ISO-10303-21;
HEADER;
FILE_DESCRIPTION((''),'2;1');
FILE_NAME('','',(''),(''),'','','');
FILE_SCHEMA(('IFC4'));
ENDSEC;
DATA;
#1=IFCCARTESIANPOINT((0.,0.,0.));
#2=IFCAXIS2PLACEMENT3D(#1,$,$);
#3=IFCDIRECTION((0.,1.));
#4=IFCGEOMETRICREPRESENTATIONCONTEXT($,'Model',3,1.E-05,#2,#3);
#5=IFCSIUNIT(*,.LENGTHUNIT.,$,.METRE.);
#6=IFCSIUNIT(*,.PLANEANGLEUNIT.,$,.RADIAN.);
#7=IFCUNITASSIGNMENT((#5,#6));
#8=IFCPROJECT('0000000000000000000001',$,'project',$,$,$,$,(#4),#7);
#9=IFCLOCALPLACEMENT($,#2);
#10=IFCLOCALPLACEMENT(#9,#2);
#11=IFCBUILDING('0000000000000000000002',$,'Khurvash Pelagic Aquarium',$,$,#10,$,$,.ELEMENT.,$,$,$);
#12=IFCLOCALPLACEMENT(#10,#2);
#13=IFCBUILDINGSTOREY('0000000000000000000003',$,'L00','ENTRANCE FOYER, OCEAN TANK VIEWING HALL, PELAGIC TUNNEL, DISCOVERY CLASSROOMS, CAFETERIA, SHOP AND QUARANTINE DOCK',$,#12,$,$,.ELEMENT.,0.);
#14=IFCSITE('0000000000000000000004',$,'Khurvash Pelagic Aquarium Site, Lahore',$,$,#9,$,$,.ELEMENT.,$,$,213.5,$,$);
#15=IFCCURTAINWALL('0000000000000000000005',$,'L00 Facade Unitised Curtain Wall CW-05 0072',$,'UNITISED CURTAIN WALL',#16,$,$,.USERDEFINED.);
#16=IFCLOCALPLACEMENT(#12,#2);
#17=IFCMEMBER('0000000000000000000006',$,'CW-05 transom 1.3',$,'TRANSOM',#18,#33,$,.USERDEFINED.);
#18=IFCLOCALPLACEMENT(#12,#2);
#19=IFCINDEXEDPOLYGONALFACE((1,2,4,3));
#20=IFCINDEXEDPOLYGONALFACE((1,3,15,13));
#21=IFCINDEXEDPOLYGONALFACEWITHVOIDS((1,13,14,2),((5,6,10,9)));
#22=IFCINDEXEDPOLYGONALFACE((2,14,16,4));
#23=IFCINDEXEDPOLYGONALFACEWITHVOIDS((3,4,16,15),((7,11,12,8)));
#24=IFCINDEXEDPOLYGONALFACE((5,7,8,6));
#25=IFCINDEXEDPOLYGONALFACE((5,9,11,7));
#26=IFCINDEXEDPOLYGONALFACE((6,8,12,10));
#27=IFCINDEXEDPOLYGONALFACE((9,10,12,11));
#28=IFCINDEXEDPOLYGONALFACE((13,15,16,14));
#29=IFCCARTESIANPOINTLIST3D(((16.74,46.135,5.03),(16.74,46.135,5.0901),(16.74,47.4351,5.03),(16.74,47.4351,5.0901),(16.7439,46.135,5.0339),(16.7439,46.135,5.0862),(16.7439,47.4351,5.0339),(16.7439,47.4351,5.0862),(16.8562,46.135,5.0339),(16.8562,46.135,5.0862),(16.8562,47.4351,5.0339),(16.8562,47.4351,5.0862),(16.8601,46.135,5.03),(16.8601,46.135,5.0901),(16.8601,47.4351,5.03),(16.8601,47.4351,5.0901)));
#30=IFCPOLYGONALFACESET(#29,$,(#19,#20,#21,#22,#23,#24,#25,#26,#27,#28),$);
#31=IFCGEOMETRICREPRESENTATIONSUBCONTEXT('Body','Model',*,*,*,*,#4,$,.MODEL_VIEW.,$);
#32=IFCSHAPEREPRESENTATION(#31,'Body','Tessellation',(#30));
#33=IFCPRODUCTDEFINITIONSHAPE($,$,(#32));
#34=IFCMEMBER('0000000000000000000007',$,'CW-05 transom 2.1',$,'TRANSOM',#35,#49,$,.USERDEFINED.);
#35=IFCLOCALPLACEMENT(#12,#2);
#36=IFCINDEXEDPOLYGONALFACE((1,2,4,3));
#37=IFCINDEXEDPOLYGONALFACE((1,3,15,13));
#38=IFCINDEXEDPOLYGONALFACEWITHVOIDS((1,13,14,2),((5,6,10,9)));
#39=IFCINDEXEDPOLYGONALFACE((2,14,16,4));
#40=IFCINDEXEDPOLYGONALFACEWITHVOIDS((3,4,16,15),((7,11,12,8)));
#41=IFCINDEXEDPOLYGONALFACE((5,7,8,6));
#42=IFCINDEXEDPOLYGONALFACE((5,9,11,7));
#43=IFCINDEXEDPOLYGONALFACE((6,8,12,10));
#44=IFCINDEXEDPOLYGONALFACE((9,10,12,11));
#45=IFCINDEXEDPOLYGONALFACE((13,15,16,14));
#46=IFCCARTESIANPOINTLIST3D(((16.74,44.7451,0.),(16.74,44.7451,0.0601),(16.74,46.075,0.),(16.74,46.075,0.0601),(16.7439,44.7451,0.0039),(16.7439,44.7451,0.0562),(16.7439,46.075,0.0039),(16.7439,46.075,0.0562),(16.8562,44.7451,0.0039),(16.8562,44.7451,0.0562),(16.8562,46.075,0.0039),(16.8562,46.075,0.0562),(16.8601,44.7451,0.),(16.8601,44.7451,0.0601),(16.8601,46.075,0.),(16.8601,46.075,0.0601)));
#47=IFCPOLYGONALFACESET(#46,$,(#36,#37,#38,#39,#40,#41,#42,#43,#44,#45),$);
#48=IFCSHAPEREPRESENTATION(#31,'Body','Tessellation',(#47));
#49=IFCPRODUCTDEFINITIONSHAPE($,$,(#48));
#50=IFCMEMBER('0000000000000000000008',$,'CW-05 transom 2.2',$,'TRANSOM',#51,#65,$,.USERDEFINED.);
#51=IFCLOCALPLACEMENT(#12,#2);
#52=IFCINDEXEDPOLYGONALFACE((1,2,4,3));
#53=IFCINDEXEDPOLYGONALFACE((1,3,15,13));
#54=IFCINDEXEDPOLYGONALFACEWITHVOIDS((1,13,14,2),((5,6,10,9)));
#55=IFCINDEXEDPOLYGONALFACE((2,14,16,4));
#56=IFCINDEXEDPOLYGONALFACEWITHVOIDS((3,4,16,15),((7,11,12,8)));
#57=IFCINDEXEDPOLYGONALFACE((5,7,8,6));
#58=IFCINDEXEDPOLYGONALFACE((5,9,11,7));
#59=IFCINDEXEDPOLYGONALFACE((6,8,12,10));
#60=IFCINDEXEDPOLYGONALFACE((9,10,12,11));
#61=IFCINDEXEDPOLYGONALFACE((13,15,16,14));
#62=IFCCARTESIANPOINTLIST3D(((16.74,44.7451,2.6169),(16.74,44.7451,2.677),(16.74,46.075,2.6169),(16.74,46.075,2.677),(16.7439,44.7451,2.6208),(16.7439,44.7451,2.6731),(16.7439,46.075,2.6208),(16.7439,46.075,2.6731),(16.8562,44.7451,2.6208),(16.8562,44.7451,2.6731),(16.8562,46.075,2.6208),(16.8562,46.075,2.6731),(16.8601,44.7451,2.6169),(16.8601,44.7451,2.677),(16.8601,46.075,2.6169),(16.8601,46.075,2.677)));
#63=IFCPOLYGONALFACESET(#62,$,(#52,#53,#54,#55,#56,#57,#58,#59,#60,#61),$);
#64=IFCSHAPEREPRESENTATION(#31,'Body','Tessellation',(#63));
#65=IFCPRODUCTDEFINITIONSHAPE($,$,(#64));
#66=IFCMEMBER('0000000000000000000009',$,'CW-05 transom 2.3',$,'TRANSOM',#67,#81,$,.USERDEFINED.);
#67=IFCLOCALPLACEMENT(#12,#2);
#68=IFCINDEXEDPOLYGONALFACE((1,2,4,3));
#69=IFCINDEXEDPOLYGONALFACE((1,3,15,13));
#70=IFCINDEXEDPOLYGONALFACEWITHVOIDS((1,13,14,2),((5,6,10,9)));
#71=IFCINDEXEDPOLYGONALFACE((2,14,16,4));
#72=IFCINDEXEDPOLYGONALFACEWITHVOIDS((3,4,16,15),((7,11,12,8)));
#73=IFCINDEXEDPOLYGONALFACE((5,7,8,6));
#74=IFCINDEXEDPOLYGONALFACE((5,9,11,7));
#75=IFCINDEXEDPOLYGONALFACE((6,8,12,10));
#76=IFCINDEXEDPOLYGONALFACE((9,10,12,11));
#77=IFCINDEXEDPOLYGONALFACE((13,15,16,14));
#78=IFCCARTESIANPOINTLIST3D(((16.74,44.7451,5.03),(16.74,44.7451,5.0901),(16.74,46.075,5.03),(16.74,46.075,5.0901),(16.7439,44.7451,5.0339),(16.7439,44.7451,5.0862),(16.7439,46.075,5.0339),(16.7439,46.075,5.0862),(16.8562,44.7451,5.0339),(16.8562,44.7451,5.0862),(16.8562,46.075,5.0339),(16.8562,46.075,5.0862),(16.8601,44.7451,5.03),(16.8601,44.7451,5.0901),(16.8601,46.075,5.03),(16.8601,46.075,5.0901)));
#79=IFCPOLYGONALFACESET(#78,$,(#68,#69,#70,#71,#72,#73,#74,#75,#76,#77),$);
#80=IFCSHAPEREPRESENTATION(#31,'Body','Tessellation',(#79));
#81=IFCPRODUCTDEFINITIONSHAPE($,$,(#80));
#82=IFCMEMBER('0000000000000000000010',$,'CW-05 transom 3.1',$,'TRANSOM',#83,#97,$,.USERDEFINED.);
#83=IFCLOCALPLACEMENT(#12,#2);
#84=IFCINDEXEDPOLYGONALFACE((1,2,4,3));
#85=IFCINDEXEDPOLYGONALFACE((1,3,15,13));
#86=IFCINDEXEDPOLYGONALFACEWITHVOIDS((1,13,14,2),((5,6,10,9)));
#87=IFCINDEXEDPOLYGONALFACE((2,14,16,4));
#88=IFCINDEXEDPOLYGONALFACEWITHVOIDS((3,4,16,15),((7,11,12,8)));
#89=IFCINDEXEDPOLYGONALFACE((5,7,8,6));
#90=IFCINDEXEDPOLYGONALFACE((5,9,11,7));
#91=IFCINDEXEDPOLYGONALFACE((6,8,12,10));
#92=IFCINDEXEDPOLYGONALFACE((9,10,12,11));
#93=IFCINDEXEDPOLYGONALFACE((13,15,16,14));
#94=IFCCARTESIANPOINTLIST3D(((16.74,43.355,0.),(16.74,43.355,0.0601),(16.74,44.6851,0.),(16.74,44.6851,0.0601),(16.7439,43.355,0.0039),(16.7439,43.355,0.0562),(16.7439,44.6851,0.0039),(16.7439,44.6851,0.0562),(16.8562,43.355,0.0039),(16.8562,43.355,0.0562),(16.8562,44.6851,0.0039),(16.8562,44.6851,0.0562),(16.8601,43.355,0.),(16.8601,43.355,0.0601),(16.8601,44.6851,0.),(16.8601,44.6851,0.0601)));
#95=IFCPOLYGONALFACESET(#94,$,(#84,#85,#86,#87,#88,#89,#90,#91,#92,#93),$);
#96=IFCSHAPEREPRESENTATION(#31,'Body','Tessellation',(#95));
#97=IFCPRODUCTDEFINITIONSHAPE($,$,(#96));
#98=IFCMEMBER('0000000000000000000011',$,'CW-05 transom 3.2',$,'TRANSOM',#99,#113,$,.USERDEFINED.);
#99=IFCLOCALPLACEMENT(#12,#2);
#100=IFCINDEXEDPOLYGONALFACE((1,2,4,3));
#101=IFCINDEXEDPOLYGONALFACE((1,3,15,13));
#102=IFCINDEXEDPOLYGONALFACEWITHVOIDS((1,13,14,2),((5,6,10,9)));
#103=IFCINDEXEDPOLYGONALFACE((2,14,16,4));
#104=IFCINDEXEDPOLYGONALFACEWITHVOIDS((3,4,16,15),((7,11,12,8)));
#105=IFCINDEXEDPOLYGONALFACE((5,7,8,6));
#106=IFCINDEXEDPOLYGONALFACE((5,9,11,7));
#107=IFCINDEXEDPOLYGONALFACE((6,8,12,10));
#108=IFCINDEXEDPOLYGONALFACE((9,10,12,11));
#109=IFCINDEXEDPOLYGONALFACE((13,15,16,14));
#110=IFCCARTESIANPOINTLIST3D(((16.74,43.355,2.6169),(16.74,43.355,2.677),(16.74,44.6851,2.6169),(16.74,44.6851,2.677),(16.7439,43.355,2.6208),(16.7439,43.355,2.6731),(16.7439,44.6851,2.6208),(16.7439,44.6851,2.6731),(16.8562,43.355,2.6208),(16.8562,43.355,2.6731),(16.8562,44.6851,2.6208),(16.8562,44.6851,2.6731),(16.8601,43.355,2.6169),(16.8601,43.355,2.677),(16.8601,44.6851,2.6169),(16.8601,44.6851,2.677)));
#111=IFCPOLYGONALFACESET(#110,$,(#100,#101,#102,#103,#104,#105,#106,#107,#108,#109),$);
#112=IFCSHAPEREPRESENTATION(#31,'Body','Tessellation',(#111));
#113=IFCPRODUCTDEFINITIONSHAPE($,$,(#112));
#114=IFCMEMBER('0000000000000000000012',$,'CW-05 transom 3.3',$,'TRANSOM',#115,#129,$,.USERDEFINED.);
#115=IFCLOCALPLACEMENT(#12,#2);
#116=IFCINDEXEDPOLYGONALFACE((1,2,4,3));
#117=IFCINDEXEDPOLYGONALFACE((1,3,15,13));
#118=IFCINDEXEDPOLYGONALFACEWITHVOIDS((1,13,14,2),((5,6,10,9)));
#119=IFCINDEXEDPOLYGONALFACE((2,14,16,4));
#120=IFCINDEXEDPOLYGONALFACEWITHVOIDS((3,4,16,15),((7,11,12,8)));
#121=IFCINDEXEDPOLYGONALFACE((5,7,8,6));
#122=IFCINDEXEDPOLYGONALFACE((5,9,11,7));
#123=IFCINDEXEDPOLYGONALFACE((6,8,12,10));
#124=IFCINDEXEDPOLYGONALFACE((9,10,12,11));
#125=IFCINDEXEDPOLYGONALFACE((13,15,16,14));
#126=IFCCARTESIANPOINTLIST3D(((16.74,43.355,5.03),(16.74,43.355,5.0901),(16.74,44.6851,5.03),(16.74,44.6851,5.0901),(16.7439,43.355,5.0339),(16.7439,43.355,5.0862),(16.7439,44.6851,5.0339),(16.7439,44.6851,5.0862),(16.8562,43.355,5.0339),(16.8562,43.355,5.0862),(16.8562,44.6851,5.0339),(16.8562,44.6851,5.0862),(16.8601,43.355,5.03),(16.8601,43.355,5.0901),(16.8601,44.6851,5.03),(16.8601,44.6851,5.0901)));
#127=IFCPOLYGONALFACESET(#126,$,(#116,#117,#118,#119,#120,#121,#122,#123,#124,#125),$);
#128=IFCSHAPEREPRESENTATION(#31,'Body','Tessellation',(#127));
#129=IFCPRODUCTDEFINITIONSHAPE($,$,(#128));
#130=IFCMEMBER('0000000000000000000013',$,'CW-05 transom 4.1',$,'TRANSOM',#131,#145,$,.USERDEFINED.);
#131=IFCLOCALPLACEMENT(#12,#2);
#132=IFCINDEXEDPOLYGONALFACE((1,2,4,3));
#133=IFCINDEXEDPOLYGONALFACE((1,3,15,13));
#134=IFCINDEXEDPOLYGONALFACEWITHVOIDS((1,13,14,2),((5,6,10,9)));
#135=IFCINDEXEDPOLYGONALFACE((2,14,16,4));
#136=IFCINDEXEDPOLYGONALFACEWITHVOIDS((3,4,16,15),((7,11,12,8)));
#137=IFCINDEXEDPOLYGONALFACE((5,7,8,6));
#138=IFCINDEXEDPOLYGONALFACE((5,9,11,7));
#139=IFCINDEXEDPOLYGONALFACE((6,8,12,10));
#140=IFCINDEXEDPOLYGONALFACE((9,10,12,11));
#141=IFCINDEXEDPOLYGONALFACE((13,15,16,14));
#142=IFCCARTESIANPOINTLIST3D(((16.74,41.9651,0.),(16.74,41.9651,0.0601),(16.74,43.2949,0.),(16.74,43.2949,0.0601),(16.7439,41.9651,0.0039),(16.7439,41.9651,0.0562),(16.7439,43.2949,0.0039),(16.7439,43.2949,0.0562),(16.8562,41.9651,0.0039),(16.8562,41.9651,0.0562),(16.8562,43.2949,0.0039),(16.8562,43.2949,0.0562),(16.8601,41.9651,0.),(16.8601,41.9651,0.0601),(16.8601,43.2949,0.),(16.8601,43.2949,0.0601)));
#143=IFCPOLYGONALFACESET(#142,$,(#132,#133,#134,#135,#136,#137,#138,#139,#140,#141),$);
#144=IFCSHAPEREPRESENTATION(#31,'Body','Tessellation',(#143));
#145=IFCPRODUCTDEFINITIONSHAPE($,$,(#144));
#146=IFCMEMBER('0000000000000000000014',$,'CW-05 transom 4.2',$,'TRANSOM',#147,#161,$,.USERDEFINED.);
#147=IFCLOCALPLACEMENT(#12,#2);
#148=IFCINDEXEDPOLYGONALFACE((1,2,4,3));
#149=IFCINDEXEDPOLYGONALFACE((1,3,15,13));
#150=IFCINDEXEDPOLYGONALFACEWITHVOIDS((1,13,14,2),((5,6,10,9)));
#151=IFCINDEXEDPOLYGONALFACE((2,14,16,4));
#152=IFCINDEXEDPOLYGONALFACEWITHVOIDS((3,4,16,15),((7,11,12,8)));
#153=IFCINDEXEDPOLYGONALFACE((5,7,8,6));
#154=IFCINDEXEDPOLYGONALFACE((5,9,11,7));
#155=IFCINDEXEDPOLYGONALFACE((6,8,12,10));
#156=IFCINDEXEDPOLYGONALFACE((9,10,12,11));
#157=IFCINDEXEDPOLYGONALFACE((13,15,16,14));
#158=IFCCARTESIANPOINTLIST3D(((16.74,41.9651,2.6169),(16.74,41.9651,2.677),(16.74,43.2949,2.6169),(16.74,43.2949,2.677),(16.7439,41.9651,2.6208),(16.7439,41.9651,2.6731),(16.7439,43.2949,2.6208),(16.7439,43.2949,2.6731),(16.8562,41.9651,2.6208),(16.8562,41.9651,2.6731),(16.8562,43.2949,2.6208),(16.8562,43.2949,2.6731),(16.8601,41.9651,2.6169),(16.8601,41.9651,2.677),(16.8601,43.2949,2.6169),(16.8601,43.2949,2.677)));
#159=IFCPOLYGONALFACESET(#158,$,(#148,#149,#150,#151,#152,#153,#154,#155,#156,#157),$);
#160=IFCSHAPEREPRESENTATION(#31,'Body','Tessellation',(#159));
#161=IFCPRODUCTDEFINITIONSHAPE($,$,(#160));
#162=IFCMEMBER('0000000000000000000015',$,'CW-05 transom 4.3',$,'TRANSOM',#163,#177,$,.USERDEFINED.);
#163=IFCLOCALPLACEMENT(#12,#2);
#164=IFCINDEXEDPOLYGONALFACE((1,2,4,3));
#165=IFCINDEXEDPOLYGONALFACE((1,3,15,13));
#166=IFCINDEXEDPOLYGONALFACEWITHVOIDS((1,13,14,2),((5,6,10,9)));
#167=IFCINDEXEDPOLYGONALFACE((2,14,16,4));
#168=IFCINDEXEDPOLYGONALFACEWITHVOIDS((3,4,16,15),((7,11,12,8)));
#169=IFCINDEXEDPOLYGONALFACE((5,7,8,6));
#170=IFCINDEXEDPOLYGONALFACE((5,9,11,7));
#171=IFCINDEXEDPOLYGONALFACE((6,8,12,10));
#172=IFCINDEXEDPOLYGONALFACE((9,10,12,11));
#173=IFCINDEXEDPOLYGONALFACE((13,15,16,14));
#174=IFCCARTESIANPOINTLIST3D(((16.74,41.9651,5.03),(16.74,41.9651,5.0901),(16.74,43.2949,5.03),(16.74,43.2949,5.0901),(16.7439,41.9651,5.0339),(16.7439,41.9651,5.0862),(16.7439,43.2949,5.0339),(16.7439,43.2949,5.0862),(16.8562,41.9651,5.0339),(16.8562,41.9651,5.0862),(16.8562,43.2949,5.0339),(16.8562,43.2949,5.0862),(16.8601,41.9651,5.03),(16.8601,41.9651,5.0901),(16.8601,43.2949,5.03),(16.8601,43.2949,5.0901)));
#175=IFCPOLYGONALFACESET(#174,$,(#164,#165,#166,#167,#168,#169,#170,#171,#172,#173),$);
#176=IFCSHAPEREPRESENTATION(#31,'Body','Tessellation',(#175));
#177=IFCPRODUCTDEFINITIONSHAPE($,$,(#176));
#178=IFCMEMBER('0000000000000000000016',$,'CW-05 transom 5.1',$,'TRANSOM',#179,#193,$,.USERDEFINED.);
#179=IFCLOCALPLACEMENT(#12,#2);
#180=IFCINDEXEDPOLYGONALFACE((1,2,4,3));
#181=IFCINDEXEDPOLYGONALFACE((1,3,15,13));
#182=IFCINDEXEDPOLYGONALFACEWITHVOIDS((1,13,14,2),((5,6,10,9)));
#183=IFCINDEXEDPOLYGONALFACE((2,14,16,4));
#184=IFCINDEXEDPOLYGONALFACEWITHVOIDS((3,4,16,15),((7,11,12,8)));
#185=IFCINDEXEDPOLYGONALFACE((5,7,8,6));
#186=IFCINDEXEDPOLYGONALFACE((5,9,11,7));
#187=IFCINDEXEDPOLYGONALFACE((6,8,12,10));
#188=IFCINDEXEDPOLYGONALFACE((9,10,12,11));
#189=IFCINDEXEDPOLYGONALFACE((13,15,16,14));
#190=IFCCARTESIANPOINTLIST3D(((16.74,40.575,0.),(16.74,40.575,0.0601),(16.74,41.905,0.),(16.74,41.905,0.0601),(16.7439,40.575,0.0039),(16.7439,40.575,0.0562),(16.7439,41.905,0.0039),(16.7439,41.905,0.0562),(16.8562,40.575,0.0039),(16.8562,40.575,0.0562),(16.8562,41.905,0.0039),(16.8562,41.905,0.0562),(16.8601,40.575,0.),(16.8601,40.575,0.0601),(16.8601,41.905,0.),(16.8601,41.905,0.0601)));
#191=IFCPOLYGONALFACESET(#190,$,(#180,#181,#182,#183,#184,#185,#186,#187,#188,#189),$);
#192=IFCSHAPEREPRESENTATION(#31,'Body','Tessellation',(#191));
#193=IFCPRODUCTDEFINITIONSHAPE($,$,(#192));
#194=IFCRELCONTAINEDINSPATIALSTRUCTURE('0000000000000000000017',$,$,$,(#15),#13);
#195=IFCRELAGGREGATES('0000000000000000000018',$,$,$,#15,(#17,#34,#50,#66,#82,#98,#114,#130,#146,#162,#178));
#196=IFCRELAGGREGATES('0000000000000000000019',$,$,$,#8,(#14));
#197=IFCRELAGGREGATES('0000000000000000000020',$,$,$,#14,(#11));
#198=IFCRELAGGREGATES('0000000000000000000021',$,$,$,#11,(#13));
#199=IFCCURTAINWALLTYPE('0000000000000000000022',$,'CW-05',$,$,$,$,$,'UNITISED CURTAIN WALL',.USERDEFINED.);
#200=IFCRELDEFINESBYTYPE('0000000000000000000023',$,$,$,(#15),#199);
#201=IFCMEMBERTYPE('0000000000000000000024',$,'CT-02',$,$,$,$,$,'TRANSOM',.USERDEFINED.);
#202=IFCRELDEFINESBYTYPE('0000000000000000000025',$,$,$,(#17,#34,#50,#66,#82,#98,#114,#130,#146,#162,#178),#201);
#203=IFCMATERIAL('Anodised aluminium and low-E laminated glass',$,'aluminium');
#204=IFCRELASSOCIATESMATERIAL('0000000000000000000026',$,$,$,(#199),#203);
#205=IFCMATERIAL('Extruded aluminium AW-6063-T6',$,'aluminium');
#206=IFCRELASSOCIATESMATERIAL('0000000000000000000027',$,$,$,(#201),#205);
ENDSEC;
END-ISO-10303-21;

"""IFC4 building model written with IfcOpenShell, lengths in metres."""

from ifc_helpers import new_model, si_unit, direction, frame, origin, origin_2d, place, context, subcontext, project, spatial, hollow_rectangle, extrude, material, material_profile, profile_set, type_object, element, aggregate, save


model = new_model("IFC4")

# Units and contexts
model_context = context("Model", 3, precision=1e-05, world=origin(), true_north=direction((0.0, 1.0)))
body_context = subcontext(model_context, "Body", "Model", "MODEL_VIEW")
ifc_project = project(units=[si_unit("LENGTHUNIT", "METRE"), si_unit("PLANEANGLEUNIT", "RADIAN")], contexts=[model_context])

# Site, building, storey
site_placement = place(None, origin())
site = spatial("IfcSite", under=ifc_project, at=site_placement, Name="Khurvash Pelagic Aquarium Site, Lahore", CompositionType="ELEMENT", RefElevation=213.5)
building_placement = place(site_placement, origin())
building = spatial("IfcBuilding", under=site, at=building_placement, Name="Khurvash Pelagic Aquarium", CompositionType="ELEMENT")
storey_placement = place(building_placement, origin())
storey = spatial("IfcBuildingStorey", under=building, at=storey_placement, Name="L00", Description="ENTRANCE FOYER, OCEAN TANK VIEWING HALL, PELAGIC TUNNEL, DISCOVERY CLASSROOMS, CAFETERIA, SHOP AND QUARANTINE DOCK", CompositionType="ELEMENT", Elevation=0.0)

# Curtain wall, members
ifc_material_1 = material(Name="Anodised aluminium and low-E laminated glass", Category="aluminium")
curtain_wall_type = type_object("IfcCurtainWallType", Name="CW-05", ElementType="UNITISED CURTAIN WALL", PredefinedType="USERDEFINED", material=ifc_material_1)
curtain_wall_placement = place(storey_placement, origin())
curtain_wall = element("IfcCurtainWall", 1, at=curtain_wall_placement, inside=storey, type_object=curtain_wall_type, Name="L00 Facade Unitised Curtain Wall CW-05 0072", ObjectType="UNITISED CURTAIN WALL", PredefinedType="USERDEFINED")
ifc_material_2 = material(Name="Extruded aluminium AW-6063-T6", Category="aluminium")
ifc_material_profile_1 = material_profile(ifc_material_2, hollow_rectangle(XDim=0.1201, YDim=0.0601, WallThickness=0.0039, at=origin_2d()), Name="CWT120X60X4")
ifc_profile_set_1 = profile_set([ifc_material_profile_1], Name="Extruded aluminium AW-6063-T6")
member_type_1 = type_object("IfcMemberType", Name="CT-02", ElementType="TRANSOM", PredefinedType="USERDEFINED", material=ifc_profile_set_1)
member_1_placement = place(storey_placement, frame((16.8, 47.4351, 5.0601), z_axis=(0.0, -1.0, 0.0), x_axis=(1.0, 0.0, 0.0)))
member_1 = element("IfcMember", 2, at=member_1_placement, type_object=member_type_1, Name="CW-05 transom 1.3", ObjectType="TRANSOM", PredefinedType="USERDEFINED", context=body_context, shape_type="SweptSolid", body=[
    extrude(hollow_rectangle(XDim=0.1201, YDim=0.0601, WallThickness=0.0039, at=origin_2d()), origin(), (0.0, 0.0, 1.0), 1.3),
])
member_2_placement = place(storey_placement, frame((16.8, 46.075, 0.03), z_axis=(0.0, -1.0, 0.0), x_axis=(1.0, 0.0, 0.0)))
member_2 = element("IfcMember", 3, at=member_2_placement, type_object=member_type_1, Name="CW-05 transom 2.1", ObjectType="TRANSOM", PredefinedType="USERDEFINED", context=body_context, shape_type="SweptSolid", body=[
    extrude(hollow_rectangle(XDim=0.1201, YDim=0.0601, WallThickness=0.0039, at=origin_2d()), origin(), (0.0, 0.0, 1.0), 1.3298),
])
member_3_placement = place(storey_placement, frame((16.8, 46.075, 2.647), z_axis=(0.0, -1.0, 0.0), x_axis=(1.0, 0.0, 0.0)))
member_3 = element("IfcMember", 4, at=member_3_placement, type_object=member_type_1, Name="CW-05 transom 2.2", ObjectType="TRANSOM", PredefinedType="USERDEFINED", context=body_context, shape_type="SweptSolid", body=[
    extrude(hollow_rectangle(XDim=0.1201, YDim=0.0601, WallThickness=0.0039, at=origin_2d()), origin(), (0.0, 0.0, 1.0), 1.3298),
])
member_4_placement = place(storey_placement, frame((16.8, 46.075, 5.0601), z_axis=(0.0, -1.0, 0.0), x_axis=(1.0, 0.0, 0.0)))
member_4 = element("IfcMember", 5, at=member_4_placement, type_object=member_type_1, Name="CW-05 transom 2.3", ObjectType="TRANSOM", PredefinedType="USERDEFINED", context=body_context, shape_type="SweptSolid", body=[
    extrude(hollow_rectangle(XDim=0.1201, YDim=0.0601, WallThickness=0.0039, at=origin_2d()), origin(), (0.0, 0.0, 1.0), 1.3298),
])
member_5_placement = place(storey_placement, frame((16.8, 44.6851, 0.03), z_axis=(0.0, -1.0, 0.0), x_axis=(1.0, 0.0, 0.0)))
member_5 = element("IfcMember", 6, at=member_5_placement, type_object=member_type_1, Name="CW-05 transom 3.1", ObjectType="TRANSOM", PredefinedType="USERDEFINED", context=body_context, shape_type="SweptSolid", body=[
    extrude(hollow_rectangle(XDim=0.1201, YDim=0.0601, WallThickness=0.0039, at=origin_2d()), origin(), (0.0, 0.0, 1.0), 1.3301),
])
member_6_placement = place(storey_placement, frame((16.8, 44.6851, 2.647), z_axis=(0.0, -1.0, 0.0), x_axis=(1.0, 0.0, 0.0)))
member_6 = element("IfcMember", 7, at=member_6_placement, type_object=member_type_1, Name="CW-05 transom 3.2", ObjectType="TRANSOM", PredefinedType="USERDEFINED", context=body_context, shape_type="SweptSolid", body=[
    extrude(hollow_rectangle(XDim=0.1201, YDim=0.0601, WallThickness=0.0039, at=origin_2d()), origin(), (0.0, 0.0, 1.0), 1.3301),
])
member_7_placement = place(storey_placement, frame((16.8, 44.6851, 5.0601), z_axis=(0.0, -1.0, 0.0), x_axis=(1.0, 0.0, 0.0)))
member_7 = element("IfcMember", 8, at=member_7_placement, type_object=member_type_1, Name="CW-05 transom 3.3", ObjectType="TRANSOM", PredefinedType="USERDEFINED", context=body_context, shape_type="SweptSolid", body=[
    extrude(hollow_rectangle(XDim=0.1201, YDim=0.0601, WallThickness=0.0039, at=origin_2d()), origin(), (0.0, 0.0, 1.0), 1.3301),
])
member_8_placement = place(storey_placement, frame((16.8, 43.2949, 0.03), z_axis=(0.0, -1.0, 0.0), x_axis=(1.0, 0.0, 0.0)))
member_8 = element("IfcMember", 9, at=member_8_placement, type_object=member_type_1, Name="CW-05 transom 4.1", ObjectType="TRANSOM", PredefinedType="USERDEFINED", context=body_context, shape_type="SweptSolid", body=[
    extrude(hollow_rectangle(XDim=0.1201, YDim=0.0601, WallThickness=0.0039, at=origin_2d()), origin(), (0.0, 0.0, 1.0), 1.3298),
])
member_9_placement = place(storey_placement, frame((16.8, 43.2949, 2.647), z_axis=(0.0, -1.0, 0.0), x_axis=(1.0, 0.0, 0.0)))
member_9 = element("IfcMember", 10, at=member_9_placement, type_object=member_type_1, Name="CW-05 transom 4.2", ObjectType="TRANSOM", PredefinedType="USERDEFINED", context=body_context, shape_type="SweptSolid", body=[
    extrude(hollow_rectangle(XDim=0.1201, YDim=0.0601, WallThickness=0.0039, at=origin_2d()), origin(), (0.0, 0.0, 1.0), 1.3298),
])
member_10_placement = place(storey_placement, frame((16.8, 43.2949, 5.0601), z_axis=(0.0, -1.0, 0.0), x_axis=(1.0, 0.0, 0.0)))
member_10 = element("IfcMember", 11, at=member_10_placement, type_object=member_type_1, Name="CW-05 transom 4.3", ObjectType="TRANSOM", PredefinedType="USERDEFINED", context=body_context, shape_type="SweptSolid", body=[
    extrude(hollow_rectangle(XDim=0.1201, YDim=0.0601, WallThickness=0.0039, at=origin_2d()), origin(), (0.0, 0.0, 1.0), 1.3298),
])
member_11_placement = place(storey_placement, frame((16.8, 41.905, 0.03), z_axis=(0.0, -1.0, 0.0), x_axis=(1.0, 0.0, 0.0)))
member_11 = element("IfcMember", 12, at=member_11_placement, type_object=member_type_1, Name="CW-05 transom 5.1", ObjectType="TRANSOM", PredefinedType="USERDEFINED", context=body_context, shape_type="SweptSolid", body=[
    extrude(hollow_rectangle(XDim=0.1201, YDim=0.0601, WallThickness=0.0039, at=origin_2d()), origin(), (0.0, 0.0, 1.0), 1.3301),
])

aggregate(curtain_wall, [member_1, member_2, member_3, member_4, member_5, member_6, member_7, member_8, member_9, member_10, member_11])

save(model, "model.ifc")
